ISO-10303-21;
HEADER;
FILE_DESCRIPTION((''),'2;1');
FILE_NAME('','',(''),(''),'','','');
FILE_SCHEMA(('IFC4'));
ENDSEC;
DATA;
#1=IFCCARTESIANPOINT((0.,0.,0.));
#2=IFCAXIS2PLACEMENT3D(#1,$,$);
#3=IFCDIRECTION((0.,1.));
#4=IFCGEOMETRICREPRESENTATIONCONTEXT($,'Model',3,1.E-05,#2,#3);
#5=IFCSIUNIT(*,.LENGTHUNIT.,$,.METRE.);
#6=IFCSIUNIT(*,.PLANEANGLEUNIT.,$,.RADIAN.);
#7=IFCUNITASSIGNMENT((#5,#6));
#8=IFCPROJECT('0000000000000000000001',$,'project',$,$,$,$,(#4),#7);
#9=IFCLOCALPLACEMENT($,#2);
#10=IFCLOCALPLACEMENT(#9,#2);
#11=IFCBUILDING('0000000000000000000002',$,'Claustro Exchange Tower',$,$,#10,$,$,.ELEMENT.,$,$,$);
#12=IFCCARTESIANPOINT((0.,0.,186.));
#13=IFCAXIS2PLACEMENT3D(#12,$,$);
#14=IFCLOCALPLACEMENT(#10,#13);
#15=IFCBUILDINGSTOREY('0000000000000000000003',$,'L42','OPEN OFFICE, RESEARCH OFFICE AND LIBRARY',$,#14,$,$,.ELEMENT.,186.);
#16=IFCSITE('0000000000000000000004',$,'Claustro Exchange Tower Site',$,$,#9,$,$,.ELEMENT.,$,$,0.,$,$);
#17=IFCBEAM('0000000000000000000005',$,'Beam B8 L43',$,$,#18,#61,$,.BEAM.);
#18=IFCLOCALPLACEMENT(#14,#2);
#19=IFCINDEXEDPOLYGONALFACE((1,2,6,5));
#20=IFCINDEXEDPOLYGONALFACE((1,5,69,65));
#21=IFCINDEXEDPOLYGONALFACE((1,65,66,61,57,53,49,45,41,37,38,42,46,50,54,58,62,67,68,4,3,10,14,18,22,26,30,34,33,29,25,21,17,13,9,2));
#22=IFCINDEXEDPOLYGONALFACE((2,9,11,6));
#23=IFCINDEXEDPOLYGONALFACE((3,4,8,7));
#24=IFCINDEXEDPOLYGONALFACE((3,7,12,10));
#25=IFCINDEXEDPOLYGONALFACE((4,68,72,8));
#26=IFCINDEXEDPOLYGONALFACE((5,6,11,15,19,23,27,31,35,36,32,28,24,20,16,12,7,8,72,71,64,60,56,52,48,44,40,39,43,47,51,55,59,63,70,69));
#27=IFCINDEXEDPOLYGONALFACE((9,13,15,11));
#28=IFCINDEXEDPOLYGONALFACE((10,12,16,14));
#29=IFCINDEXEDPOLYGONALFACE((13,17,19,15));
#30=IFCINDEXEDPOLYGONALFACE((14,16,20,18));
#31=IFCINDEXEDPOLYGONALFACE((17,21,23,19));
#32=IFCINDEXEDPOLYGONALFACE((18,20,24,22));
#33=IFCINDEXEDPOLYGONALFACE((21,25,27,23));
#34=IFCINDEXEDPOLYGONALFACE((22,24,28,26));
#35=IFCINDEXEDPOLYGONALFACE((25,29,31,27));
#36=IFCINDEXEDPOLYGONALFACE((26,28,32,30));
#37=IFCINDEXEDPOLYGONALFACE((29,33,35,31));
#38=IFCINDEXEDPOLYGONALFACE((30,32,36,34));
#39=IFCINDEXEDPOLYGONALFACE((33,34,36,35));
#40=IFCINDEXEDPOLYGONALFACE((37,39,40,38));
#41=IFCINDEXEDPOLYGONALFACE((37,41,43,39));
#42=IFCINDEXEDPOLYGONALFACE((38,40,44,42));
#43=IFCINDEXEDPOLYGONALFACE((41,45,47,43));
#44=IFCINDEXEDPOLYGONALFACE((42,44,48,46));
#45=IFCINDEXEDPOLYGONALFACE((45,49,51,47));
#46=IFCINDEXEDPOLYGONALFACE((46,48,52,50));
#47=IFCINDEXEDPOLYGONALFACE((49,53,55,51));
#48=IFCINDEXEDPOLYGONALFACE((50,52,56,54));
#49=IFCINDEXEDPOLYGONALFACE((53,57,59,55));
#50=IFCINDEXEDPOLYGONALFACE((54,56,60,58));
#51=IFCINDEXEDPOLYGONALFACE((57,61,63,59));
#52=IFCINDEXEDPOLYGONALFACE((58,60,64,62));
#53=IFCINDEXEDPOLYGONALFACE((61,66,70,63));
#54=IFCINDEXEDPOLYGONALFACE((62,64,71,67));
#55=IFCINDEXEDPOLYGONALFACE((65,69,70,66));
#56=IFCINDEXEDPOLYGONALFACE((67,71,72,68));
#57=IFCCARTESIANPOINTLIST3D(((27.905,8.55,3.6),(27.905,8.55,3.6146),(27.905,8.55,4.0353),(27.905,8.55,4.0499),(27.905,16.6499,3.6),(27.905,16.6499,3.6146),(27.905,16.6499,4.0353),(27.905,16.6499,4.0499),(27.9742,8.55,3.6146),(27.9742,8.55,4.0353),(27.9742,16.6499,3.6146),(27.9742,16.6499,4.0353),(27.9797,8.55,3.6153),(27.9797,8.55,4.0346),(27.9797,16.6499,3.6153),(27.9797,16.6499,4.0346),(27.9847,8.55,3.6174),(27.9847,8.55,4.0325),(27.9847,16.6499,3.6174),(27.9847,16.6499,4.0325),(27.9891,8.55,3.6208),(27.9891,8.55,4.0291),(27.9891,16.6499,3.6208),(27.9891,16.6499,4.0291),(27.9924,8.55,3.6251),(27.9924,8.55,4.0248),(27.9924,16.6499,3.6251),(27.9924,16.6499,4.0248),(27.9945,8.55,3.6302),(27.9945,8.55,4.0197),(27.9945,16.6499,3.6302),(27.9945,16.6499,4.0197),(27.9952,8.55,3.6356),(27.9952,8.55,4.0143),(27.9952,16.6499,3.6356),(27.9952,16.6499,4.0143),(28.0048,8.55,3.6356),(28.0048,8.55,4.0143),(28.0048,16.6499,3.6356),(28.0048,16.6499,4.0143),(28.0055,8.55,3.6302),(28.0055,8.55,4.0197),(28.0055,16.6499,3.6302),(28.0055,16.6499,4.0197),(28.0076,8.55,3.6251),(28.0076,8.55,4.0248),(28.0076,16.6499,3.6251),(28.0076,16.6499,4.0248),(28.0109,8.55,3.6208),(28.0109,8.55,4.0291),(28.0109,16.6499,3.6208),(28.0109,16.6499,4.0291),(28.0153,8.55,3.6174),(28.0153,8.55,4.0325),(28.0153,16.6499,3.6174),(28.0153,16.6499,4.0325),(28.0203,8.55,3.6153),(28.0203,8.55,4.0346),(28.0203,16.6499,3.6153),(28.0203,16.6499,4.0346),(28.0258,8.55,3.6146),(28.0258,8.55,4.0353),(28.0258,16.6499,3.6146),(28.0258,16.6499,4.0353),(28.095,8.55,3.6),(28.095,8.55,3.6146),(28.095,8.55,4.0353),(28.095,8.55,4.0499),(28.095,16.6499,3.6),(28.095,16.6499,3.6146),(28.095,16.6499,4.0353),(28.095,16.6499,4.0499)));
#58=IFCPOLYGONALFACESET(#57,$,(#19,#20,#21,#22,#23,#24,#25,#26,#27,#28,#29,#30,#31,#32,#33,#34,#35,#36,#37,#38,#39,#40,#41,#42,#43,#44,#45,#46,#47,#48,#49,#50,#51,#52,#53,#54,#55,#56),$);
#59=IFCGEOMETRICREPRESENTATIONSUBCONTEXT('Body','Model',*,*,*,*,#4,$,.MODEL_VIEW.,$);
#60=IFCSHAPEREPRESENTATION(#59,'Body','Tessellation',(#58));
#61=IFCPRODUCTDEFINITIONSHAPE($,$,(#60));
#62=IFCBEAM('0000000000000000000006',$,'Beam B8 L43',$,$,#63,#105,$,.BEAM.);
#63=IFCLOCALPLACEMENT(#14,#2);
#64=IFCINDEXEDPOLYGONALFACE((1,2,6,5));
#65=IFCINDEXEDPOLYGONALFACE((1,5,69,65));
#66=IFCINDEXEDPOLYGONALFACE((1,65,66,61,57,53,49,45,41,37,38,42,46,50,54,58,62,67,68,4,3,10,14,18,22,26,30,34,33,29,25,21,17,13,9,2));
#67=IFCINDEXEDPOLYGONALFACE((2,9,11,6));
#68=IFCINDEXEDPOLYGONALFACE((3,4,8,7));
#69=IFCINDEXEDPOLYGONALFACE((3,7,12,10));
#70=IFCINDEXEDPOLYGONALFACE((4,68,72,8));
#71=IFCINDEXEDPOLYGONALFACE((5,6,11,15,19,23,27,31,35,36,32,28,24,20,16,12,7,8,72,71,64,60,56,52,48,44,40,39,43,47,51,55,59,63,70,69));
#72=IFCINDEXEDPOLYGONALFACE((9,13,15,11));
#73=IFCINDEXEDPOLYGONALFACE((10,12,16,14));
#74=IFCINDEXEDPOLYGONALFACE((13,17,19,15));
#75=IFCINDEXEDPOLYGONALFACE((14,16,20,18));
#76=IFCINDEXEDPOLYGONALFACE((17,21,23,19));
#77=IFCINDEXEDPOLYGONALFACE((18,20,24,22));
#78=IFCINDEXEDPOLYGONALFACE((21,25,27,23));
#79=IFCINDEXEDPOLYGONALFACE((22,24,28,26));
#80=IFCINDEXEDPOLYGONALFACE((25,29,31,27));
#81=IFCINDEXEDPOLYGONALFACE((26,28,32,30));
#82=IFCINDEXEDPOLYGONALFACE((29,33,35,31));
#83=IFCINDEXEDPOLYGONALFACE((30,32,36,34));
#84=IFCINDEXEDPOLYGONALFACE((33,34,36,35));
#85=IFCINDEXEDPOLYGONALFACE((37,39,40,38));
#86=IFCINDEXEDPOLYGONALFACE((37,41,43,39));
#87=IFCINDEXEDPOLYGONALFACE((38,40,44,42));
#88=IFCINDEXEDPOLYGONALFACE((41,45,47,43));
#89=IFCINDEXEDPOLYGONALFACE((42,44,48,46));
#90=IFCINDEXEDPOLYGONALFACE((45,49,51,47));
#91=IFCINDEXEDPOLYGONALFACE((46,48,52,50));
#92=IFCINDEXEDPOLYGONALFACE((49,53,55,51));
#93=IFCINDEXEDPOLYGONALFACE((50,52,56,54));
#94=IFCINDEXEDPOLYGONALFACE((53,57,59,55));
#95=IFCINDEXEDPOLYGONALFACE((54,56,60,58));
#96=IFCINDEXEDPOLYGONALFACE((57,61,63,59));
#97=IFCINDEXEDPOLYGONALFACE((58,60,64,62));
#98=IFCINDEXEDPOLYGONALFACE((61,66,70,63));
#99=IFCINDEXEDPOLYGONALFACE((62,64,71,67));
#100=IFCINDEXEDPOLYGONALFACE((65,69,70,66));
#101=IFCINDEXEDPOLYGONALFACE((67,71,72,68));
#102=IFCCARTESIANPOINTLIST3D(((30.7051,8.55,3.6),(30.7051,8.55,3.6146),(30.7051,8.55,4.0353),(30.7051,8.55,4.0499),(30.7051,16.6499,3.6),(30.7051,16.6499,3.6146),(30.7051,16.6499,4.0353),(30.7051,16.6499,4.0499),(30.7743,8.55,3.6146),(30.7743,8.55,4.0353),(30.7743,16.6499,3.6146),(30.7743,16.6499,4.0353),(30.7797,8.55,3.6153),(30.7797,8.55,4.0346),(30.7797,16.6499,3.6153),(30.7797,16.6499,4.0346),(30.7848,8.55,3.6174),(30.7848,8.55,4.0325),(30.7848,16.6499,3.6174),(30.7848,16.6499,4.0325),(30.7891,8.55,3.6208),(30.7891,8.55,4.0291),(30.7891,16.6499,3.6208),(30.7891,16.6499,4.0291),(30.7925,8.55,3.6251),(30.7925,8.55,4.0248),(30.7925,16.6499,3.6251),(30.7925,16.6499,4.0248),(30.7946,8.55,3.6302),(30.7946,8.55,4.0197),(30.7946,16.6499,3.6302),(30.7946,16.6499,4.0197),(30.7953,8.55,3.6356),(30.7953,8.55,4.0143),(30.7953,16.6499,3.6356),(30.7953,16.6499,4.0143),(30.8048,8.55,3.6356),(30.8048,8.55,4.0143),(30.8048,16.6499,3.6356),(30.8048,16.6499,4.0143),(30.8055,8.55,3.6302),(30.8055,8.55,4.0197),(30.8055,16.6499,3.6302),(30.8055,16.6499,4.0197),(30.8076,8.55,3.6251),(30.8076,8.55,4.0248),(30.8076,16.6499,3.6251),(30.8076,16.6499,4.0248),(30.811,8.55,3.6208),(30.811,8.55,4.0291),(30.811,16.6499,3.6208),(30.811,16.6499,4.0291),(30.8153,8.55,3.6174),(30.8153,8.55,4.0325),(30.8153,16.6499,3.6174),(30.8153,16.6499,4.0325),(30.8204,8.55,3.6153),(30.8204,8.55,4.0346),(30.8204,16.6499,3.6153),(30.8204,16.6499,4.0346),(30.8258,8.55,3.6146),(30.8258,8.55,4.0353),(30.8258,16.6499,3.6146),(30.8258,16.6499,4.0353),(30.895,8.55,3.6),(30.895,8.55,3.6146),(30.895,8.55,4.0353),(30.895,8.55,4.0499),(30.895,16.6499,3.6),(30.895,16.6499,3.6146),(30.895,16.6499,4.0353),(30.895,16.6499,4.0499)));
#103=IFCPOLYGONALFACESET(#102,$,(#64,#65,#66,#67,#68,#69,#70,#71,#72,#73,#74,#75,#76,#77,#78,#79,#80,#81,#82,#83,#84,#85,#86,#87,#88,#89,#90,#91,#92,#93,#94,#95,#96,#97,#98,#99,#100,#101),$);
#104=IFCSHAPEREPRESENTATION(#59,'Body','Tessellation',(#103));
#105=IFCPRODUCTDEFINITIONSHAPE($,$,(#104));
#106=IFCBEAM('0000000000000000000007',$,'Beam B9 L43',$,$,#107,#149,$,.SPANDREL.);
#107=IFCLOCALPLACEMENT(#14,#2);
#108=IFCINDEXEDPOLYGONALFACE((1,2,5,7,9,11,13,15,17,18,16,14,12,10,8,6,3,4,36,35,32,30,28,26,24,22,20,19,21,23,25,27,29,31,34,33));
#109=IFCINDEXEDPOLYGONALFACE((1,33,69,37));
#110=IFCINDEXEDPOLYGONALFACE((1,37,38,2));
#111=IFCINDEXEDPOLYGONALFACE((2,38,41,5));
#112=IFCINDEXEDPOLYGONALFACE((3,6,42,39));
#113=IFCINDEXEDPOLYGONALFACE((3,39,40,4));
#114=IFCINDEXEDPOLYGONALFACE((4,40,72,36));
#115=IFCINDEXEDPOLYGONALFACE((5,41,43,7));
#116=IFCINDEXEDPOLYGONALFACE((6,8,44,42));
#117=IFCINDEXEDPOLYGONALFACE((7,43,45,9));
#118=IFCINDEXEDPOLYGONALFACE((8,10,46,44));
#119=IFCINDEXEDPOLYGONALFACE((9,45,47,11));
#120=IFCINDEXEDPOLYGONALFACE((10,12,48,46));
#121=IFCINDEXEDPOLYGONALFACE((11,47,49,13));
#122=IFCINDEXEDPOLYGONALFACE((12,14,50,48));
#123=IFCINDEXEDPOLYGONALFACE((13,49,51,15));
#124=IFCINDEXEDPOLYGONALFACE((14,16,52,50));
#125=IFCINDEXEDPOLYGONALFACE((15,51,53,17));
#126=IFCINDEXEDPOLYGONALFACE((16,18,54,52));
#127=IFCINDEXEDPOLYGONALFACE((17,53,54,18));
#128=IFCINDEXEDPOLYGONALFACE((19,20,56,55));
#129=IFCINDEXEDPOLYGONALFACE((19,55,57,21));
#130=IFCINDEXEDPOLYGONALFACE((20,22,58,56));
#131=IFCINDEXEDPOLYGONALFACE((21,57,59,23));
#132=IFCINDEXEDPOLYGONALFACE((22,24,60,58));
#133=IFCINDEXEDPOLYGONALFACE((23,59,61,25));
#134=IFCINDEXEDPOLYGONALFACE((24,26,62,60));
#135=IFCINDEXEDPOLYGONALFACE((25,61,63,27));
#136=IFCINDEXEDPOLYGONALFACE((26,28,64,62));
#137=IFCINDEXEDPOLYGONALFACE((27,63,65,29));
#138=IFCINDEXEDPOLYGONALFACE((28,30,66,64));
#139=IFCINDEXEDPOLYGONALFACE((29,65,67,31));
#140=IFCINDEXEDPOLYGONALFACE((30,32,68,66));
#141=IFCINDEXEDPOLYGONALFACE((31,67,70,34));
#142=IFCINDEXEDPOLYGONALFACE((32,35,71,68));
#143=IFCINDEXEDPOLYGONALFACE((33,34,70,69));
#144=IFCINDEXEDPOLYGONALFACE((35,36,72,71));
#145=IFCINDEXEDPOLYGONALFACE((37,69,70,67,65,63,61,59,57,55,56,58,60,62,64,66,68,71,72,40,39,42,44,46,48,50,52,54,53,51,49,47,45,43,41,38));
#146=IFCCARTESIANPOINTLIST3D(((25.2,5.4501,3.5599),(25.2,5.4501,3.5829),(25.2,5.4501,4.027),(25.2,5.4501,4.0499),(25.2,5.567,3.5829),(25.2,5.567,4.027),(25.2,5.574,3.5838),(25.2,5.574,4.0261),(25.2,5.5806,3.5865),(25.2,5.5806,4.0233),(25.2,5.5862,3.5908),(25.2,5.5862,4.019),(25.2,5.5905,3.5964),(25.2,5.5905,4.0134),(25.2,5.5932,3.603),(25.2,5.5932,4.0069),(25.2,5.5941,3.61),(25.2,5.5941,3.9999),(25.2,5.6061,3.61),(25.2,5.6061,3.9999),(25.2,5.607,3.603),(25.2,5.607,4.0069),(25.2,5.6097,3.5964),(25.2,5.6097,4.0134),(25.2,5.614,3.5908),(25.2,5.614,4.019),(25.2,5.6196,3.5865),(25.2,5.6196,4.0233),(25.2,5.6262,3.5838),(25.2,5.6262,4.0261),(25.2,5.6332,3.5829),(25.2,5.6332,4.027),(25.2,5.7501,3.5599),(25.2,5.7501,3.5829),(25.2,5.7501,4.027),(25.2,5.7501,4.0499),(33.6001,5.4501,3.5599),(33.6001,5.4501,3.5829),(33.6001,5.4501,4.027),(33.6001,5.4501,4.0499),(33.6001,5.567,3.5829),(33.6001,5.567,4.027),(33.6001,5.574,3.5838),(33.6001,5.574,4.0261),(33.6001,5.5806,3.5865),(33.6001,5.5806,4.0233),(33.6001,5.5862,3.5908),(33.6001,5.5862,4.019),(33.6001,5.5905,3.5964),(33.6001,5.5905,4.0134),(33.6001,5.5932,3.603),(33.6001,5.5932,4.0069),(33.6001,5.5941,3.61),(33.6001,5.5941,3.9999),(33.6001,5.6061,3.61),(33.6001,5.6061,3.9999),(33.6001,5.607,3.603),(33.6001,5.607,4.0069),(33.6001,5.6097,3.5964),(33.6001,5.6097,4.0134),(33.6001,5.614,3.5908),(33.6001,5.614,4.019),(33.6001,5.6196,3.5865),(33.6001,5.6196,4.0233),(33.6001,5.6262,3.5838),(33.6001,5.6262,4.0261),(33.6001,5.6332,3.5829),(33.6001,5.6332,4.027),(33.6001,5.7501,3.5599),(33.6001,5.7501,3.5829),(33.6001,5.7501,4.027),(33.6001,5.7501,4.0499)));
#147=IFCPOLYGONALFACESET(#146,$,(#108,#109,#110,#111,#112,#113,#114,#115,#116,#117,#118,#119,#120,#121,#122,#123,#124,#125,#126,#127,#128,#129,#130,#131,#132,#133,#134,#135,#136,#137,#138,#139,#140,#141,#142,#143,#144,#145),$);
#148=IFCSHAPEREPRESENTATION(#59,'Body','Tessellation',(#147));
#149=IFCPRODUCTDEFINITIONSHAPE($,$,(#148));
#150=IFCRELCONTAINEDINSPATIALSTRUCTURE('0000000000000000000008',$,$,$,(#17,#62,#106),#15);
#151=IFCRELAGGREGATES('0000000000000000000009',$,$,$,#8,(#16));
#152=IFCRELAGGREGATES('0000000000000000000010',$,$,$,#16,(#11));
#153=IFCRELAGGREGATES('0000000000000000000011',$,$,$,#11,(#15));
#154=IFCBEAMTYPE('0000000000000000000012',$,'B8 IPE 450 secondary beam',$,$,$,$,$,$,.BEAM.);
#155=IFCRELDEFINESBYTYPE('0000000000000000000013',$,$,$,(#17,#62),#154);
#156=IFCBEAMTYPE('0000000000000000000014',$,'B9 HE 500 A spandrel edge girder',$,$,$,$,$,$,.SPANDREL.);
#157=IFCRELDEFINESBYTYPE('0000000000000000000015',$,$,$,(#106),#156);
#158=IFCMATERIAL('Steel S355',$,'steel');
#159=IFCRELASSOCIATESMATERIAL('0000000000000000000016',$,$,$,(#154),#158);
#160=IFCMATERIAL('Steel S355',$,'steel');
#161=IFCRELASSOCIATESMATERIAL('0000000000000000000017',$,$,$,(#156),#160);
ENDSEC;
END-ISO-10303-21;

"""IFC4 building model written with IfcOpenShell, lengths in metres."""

from ifc_helpers import new_model, si_unit, direction, frame, origin, origin_2d, place, context, subcontext, project, spatial, i_section, extrude, material, material_profile, profile_set, type_object, element, save


model = new_model("IFC4")

# Units and contexts
model_context = context("Model", 3, precision=1e-05, world=origin(), true_north=direction((0.0, 1.0)))
body_context = subcontext(model_context, "Body", "Model", "MODEL_VIEW")
ifc_project = project(units=[si_unit("LENGTHUNIT", "METRE"), si_unit("PLANEANGLEUNIT", "RADIAN")], contexts=[model_context])

# Site, building, storey
site_placement = place(None, origin())
site = spatial("IfcSite", under=ifc_project, at=site_placement, Name="Claustro Exchange Tower Site", CompositionType="ELEMENT", RefElevation=0.0)
building_placement = place(site_placement, origin())
building = spatial("IfcBuilding", under=site, at=building_placement, Name="Claustro Exchange Tower", CompositionType="ELEMENT")
storey_placement = place(building_placement, frame((0.0, 0.0, 186.0)))
storey = spatial("IfcBuildingStorey", under=building, at=storey_placement, Name="L42", Description="OPEN OFFICE, RESEARCH OFFICE AND LIBRARY", CompositionType="ELEMENT", Elevation=186.0)

# Beams
ifc_material_1 = material(Name="Steel S355", Category="steel")
ifc_material_profile_1 = material_profile(ifc_material_1, i_section(OverallWidth=0.1899, OverallDepth=0.45, WebThickness=0.0095, FlangeThickness=0.0146, FilletRadius=0.021, at=origin_2d()), Name="IPE 450")
ifc_profile_set_1 = profile_set([ifc_material_profile_1], Name="Steel S355")
beam_type_1 = type_object("IfcBeamType", Name="B8 IPE 450 secondary beam", PredefinedType="BEAM", material=ifc_profile_set_1)
for number, where, z_axis, x_axis, name in (
    (1, (28.0, 8.55, 3.825), (0.0, 1.0, 0.0), (-1.0, 0.0, 0.0), "Beam B8 L43"),
    (2, (30.8, 8.55, 3.825), (0.0, 1.0, 0.0), (-1.0, 0.0, 0.0), "Beam B8 L43"),
):
    element("IfcBeam", number, at=place(storey_placement, frame(where, z_axis=z_axis, x_axis=x_axis)), inside=storey, type_object=beam_type_1, Name=name, PredefinedType="BEAM", context=body_context, shape_type="SweptSolid", body=[
        extrude(i_section(OverallWidth=0.1899, OverallDepth=0.45, WebThickness=0.0095, FlangeThickness=0.0146, FilletRadius=0.021, at=origin_2d()), origin(), (0.0, 0.0, 1.0), 8.0999),
    ])
ifc_material_2 = material(Name="Steel S355", Category="steel")
ifc_material_profile_2 = material_profile(ifc_material_2, i_section(OverallWidth=0.3, OverallDepth=0.49, WebThickness=0.012, FlangeThickness=0.0229, FilletRadius=0.0271, at=origin_2d()), Name="HE 500 A")
ifc_profile_set_2 = profile_set([ifc_material_profile_2], Name="Steel S355")
beam_type_2 = type_object("IfcBeamType", Name="B9 HE 500 A spandrel edge girder", PredefinedType="SPANDREL", material=ifc_profile_set_2)
beam_1_placement = place(storey_placement, frame((25.2, 5.6001, 3.8049), z_axis=(1.0, 0.0, 0.0), x_axis=(0.0, 1.0, 0.0)))
element("IfcBeam", 3, at=beam_1_placement, inside=storey, type_object=beam_type_2, Name="Beam B9 L43", PredefinedType="SPANDREL", context=body_context, shape_type="SweptSolid", body=[
    extrude(i_section(OverallWidth=0.3, OverallDepth=0.49, WebThickness=0.012, FlangeThickness=0.0229, FilletRadius=0.0271, at=origin_2d()), origin(), (0.0, 0.0, 1.0), 8.4001),
])

save(model, "model.ifc")
